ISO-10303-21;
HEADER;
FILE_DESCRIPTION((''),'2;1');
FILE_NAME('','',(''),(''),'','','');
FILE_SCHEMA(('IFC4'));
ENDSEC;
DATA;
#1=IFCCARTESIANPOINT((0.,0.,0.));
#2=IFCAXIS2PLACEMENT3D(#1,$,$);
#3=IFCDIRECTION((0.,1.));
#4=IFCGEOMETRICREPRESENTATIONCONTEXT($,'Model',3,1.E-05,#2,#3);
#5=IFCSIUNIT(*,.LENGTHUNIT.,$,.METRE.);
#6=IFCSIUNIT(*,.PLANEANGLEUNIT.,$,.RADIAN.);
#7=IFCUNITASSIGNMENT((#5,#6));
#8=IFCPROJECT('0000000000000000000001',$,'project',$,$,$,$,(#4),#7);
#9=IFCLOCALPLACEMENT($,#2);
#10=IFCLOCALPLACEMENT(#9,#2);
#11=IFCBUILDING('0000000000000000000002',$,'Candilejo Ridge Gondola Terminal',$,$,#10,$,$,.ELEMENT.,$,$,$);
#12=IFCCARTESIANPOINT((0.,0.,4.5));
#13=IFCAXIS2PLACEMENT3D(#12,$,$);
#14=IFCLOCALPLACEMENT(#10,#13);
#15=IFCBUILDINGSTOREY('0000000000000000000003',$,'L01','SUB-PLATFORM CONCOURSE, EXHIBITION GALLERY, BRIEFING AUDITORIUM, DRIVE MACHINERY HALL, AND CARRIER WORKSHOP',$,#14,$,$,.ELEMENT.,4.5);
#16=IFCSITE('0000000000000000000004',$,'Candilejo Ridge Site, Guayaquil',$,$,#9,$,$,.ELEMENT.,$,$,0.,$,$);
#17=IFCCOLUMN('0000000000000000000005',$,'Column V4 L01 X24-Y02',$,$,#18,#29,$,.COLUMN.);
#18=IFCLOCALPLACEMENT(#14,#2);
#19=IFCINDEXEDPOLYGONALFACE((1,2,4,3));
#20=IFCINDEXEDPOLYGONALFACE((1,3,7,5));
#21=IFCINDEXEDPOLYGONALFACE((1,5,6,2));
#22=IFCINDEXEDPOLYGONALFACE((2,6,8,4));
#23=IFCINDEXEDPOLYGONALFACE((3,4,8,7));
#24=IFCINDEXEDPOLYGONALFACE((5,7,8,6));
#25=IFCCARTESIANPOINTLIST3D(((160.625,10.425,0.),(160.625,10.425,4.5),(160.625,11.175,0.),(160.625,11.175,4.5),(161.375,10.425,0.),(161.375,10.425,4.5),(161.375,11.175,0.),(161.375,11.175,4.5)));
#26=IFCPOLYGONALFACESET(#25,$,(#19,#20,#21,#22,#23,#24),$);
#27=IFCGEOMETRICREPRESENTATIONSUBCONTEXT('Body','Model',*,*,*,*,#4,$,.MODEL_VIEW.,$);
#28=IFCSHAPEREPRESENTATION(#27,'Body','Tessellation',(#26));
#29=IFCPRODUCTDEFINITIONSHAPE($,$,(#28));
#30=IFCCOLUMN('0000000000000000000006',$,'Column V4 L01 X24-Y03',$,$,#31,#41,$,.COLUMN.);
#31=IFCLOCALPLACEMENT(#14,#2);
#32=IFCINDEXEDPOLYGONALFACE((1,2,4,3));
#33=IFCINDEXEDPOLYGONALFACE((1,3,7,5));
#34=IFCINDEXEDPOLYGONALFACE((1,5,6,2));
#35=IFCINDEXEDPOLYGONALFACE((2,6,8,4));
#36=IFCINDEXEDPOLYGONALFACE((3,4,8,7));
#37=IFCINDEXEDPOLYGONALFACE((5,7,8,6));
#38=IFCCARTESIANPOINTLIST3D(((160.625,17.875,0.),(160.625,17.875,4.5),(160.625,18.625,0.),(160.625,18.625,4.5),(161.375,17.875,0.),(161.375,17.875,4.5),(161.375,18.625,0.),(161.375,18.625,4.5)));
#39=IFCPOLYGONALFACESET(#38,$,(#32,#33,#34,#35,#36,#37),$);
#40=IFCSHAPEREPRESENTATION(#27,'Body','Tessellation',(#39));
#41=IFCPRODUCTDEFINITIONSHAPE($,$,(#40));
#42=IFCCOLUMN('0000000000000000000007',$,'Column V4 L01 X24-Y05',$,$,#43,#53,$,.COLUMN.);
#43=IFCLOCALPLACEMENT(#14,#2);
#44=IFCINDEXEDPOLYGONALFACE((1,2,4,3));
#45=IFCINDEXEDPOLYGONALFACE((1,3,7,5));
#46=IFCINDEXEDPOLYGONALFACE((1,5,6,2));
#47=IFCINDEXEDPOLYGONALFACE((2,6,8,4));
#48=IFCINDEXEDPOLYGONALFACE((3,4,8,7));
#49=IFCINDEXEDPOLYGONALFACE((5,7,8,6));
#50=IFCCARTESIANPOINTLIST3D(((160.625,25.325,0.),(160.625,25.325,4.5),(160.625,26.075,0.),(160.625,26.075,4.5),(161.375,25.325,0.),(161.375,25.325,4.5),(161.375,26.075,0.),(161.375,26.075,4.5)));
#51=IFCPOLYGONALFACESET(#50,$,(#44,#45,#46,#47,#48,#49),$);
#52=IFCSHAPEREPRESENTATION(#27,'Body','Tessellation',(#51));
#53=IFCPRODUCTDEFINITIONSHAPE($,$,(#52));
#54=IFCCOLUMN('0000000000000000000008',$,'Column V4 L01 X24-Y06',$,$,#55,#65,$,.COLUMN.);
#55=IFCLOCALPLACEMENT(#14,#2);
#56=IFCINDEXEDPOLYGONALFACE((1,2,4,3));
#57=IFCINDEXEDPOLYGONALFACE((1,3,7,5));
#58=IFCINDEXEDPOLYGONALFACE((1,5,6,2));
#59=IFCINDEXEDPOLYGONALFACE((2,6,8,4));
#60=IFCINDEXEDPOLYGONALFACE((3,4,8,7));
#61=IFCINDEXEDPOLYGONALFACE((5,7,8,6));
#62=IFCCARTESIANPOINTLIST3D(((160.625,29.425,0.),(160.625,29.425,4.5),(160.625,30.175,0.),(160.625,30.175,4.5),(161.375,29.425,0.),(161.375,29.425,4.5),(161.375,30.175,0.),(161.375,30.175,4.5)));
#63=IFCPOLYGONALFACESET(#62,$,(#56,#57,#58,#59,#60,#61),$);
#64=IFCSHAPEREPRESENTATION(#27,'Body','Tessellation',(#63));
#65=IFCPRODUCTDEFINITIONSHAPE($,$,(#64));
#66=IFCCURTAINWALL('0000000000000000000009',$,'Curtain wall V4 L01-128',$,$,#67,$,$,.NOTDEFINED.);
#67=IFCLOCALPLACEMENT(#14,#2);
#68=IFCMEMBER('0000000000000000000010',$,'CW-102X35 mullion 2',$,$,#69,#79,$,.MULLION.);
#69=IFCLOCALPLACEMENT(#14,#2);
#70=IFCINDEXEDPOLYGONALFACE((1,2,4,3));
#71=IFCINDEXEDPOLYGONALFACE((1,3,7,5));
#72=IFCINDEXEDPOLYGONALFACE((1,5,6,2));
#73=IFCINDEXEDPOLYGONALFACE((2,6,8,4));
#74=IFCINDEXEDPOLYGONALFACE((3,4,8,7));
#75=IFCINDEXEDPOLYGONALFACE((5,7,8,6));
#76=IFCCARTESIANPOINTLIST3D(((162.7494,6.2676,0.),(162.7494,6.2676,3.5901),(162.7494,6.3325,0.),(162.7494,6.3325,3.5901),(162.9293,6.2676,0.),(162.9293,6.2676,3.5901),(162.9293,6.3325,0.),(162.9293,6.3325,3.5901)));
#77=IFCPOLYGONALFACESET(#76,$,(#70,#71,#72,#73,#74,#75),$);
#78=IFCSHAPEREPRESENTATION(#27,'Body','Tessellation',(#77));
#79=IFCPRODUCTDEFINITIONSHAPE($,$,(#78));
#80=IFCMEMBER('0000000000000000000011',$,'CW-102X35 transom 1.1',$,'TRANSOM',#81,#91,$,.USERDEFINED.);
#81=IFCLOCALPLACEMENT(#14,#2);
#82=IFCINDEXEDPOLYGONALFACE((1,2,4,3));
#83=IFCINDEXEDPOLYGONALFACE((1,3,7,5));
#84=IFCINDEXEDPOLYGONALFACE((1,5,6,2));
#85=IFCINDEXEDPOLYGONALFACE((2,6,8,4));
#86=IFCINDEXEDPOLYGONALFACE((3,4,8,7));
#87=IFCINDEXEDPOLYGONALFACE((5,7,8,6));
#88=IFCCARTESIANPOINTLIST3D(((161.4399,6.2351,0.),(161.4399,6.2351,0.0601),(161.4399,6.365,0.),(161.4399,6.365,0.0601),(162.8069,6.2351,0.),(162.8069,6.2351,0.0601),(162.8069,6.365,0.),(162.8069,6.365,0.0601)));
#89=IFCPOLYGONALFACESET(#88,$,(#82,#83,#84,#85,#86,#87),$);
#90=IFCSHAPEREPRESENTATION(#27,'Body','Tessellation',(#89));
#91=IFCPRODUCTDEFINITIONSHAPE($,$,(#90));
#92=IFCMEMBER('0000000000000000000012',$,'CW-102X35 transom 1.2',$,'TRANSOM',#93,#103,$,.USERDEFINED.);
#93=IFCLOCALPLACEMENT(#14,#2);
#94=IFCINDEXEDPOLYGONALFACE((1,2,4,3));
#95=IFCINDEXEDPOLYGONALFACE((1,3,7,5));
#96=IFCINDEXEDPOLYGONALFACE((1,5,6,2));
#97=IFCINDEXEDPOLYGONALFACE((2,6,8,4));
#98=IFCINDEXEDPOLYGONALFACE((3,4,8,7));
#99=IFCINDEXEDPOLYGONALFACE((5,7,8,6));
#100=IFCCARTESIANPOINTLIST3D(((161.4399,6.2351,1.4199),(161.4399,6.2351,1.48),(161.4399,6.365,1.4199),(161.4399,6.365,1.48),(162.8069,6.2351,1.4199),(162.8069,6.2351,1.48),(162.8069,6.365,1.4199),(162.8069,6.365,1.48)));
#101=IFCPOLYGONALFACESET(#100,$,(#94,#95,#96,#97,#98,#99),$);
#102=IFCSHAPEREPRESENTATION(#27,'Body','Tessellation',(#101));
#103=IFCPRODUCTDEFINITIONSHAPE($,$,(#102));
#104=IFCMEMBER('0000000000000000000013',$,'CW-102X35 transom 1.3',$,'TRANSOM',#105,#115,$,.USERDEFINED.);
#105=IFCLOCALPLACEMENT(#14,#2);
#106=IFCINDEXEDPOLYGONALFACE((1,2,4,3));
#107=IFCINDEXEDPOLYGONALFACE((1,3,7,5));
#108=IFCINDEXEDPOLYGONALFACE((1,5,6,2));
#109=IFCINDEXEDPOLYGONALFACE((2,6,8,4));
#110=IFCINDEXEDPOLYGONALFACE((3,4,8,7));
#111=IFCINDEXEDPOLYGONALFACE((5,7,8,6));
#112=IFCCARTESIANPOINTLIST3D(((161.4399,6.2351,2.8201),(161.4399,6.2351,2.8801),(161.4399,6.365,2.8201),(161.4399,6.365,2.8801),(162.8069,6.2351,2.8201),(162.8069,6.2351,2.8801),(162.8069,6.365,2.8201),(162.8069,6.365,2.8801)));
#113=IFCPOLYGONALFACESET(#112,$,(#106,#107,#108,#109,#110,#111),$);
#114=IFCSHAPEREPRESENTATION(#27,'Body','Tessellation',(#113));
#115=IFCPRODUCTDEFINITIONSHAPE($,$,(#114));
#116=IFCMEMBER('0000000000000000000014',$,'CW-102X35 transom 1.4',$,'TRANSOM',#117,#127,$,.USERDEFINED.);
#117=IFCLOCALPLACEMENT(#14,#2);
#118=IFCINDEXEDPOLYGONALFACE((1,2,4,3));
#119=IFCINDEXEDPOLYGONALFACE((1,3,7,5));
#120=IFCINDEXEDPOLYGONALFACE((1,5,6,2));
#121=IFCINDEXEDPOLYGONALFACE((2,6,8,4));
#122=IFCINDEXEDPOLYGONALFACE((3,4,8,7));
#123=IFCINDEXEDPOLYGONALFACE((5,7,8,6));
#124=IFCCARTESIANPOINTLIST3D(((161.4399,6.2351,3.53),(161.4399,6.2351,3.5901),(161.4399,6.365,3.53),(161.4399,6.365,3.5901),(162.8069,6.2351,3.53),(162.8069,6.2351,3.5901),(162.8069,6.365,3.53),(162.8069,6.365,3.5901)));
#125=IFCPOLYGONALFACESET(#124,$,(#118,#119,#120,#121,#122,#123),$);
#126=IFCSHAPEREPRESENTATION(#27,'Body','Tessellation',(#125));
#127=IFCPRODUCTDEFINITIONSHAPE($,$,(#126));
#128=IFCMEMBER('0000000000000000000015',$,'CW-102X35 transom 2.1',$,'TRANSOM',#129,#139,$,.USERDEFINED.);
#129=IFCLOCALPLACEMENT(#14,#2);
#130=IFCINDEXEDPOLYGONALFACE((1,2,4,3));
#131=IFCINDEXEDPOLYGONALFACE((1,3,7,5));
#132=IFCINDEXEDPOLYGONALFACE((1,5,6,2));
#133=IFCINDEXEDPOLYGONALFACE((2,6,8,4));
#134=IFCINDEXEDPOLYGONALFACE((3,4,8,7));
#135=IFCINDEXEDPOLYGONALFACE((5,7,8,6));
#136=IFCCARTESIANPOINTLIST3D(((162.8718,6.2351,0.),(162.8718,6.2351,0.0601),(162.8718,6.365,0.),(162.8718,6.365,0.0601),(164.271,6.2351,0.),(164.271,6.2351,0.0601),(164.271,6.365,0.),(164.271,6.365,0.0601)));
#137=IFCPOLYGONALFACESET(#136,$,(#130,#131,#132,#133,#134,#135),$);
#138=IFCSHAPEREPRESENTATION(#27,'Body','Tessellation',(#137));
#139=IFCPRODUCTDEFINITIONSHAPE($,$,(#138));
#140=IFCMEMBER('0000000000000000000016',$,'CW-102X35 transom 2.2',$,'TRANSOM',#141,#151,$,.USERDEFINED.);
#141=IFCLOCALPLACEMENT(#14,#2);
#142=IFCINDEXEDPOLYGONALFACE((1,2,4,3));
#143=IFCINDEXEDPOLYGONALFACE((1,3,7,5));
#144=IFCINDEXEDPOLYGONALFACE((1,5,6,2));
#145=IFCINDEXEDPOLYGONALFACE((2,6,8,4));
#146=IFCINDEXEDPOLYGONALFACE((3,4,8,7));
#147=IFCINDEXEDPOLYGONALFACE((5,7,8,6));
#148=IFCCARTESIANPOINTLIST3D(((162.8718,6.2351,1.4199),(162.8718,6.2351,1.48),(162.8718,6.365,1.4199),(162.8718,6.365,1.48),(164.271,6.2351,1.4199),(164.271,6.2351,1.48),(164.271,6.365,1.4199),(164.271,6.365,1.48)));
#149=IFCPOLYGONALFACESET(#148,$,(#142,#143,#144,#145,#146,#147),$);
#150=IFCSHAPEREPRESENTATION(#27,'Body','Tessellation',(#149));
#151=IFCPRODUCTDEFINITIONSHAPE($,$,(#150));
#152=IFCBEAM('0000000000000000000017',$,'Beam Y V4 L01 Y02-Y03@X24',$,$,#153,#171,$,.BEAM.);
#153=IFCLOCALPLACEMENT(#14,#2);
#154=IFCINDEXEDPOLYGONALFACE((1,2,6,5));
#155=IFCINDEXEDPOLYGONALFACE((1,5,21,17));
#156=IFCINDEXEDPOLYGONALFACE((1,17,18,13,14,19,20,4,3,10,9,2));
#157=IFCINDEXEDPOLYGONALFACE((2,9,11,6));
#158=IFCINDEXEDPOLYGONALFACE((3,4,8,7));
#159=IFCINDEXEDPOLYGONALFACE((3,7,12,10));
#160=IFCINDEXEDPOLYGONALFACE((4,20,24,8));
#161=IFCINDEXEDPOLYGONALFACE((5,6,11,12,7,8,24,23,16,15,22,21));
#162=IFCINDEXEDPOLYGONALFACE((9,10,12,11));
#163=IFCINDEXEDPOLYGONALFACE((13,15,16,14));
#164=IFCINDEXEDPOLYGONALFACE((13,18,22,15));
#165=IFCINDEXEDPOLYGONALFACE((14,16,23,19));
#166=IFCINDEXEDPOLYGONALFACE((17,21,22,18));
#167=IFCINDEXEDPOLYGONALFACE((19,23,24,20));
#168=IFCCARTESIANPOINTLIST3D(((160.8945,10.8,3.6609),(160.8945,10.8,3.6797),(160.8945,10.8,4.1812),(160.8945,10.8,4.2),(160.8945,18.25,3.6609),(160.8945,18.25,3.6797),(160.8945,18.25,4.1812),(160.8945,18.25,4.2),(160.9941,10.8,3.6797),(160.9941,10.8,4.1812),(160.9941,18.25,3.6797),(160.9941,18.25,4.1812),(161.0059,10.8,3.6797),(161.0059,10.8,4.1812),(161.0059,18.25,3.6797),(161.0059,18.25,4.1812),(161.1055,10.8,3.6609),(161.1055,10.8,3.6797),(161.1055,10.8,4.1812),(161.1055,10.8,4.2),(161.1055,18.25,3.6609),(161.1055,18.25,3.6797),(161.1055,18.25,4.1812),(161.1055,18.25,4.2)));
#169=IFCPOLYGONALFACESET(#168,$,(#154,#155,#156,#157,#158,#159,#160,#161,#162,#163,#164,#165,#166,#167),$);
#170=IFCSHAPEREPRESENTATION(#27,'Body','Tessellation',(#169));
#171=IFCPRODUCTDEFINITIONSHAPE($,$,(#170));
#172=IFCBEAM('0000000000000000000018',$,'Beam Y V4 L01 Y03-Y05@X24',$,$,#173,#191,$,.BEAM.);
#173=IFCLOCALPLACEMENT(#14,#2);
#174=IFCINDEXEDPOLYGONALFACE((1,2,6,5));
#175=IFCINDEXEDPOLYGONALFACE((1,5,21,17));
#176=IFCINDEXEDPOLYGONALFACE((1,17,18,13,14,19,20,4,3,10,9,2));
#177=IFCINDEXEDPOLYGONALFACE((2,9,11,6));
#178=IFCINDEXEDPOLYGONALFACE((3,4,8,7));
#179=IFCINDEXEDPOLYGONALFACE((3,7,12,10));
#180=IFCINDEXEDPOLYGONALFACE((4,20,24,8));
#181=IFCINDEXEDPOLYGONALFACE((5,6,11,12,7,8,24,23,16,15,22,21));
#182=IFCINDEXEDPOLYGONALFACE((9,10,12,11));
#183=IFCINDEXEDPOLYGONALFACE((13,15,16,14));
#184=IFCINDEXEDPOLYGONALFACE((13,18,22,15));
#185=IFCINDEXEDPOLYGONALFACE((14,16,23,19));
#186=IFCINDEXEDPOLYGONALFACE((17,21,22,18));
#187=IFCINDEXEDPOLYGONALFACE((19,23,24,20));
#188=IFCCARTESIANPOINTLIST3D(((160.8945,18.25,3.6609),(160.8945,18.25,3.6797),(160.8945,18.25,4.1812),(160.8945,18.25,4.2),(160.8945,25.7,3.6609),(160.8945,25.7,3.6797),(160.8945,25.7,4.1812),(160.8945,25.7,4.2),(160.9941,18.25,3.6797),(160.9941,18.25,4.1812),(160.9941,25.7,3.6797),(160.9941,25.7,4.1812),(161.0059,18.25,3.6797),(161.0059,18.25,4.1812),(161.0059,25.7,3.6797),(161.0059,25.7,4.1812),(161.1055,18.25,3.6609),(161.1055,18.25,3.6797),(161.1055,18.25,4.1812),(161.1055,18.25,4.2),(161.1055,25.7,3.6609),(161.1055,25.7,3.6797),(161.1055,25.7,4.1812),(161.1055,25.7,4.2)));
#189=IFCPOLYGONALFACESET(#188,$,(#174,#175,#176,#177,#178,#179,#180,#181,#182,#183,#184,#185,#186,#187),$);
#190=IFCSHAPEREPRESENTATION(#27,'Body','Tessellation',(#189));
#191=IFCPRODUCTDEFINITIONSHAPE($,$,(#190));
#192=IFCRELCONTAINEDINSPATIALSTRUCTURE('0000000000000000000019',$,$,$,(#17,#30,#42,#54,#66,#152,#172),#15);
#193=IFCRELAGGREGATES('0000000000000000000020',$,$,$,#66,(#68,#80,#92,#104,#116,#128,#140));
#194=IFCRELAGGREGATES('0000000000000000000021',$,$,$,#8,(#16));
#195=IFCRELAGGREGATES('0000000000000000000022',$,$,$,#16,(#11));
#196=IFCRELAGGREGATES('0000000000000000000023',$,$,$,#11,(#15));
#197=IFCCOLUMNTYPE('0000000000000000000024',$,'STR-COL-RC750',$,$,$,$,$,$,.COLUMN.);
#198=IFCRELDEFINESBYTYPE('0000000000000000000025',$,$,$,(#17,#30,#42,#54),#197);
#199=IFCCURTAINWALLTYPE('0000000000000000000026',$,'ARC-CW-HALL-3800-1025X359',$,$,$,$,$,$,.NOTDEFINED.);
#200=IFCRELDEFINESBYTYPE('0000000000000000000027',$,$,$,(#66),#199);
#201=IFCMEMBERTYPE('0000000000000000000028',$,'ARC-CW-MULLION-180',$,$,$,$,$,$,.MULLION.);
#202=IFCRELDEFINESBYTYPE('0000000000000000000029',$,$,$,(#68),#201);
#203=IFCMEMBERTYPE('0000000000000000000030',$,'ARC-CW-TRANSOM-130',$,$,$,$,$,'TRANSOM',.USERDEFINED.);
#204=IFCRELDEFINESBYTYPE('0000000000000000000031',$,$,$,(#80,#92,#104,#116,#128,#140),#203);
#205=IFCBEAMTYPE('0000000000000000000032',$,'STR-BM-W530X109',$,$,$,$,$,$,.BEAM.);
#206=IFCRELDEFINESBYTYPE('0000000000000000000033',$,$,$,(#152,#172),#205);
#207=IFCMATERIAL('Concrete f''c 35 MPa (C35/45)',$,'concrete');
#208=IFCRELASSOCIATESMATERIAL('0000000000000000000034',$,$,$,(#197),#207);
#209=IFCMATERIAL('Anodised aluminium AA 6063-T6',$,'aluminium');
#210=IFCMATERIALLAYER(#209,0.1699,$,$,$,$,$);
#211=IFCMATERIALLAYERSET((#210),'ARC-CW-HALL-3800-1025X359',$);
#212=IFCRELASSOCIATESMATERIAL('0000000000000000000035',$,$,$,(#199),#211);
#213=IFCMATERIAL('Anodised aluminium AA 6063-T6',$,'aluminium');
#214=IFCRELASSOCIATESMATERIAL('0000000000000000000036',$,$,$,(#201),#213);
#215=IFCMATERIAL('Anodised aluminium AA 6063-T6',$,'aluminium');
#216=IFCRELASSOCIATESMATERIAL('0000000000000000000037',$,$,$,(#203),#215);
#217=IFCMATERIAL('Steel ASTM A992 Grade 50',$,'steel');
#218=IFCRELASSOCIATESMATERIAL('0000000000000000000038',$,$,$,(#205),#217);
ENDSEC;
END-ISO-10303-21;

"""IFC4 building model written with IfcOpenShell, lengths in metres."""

from ifc_helpers import new_model, si_unit, direction, frame, origin, origin_2d, place, context, subcontext, project, spatial, rectangle, i_section, extrude, material, layer, layer_set, material_profile, profile_set, type_object, element, aggregate, save


model = new_model("IFC4")

# Units and contexts
model_context = context("Model", 3, precision=1e-05, world=origin(), true_north=direction((0.0, 1.0)))
body_context = subcontext(model_context, "Body", "Model", "MODEL_VIEW")
ifc_project = project(units=[si_unit("LENGTHUNIT", "METRE"), si_unit("PLANEANGLEUNIT", "RADIAN")], contexts=[model_context])

# Site, building, storey
site_placement = place(None, origin())
site = spatial("IfcSite", under=ifc_project, at=site_placement, Name="Candilejo Ridge Site, Guayaquil", CompositionType="ELEMENT", RefElevation=0.0)
building_placement = place(site_placement, origin())
building = spatial("IfcBuilding", under=site, at=building_placement, Name="Candilejo Ridge Gondola Terminal", CompositionType="ELEMENT")
storey_placement = place(building_placement, frame((0.0, 0.0, 4.5)))
storey = spatial("IfcBuildingStorey", under=building, at=storey_placement, Name="L01", Description="SUB-PLATFORM CONCOURSE, EXHIBITION GALLERY, BRIEFING AUDITORIUM, DRIVE MACHINERY HALL, AND CARRIER WORKSHOP", CompositionType="ELEMENT", Elevation=4.5)

# Columns
ifc_material_1 = material(Name="Concrete f'c 35 MPa (C35/45)", Category="concrete")
ifc_material_profile_1 = material_profile(ifc_material_1, rectangle(XDim=0.75, YDim=0.75, at=origin_2d()))
ifc_profile_set_1 = profile_set([ifc_material_profile_1], Name="Concrete f'c 35 MPa (C35/45)")
column_type = type_object("IfcColumnType", Name="STR-COL-RC750", PredefinedType="COLUMN", material=ifc_profile_set_1)
for number, where, z_axis, x_axis, name in (
    (1, (161.0, 10.8, 0.0), (0.0, 0.0, 1.0), (1.0, 0.0, 0.0), "Column V4 L01 X24-Y02"),
    (2, (161.0, 18.25, 0.0), (0.0, 0.0, 1.0), (1.0, 0.0, 0.0), "Column V4 L01 X24-Y03"),
    (3, (161.0, 25.7, 0.0), (0.0, 0.0, 1.0), (1.0, 0.0, 0.0), "Column V4 L01 X24-Y05"),
    (4, (161.0, 29.8, 0.0), (0.0, 0.0, 1.0), (1.0, 0.0, 0.0), "Column V4 L01 X24-Y06"),
):
    element("IfcColumn", number, at=place(storey_placement, frame(where, z_axis=z_axis, x_axis=x_axis)), inside=storey, type_object=column_type, Name=name, PredefinedType="COLUMN", context=body_context, shape_type="SweptSolid", body=[
        extrude(rectangle(XDim=0.75, YDim=0.75, at=origin_2d()), origin(), (0.0, 0.0, 1.0), 4.5),
    ])

# Curtain wall, members
ifc_material_2 = material(Name="Anodised aluminium AA 6063-T6", Category="aluminium")
ifc_layer_1 = layer(ifc_material_2, 0.1699)
ifc_layer_set_1 = layer_set([ifc_layer_1], Name="ARC-CW-HALL-3800-1025X359")
curtain_wall_type = type_object("IfcCurtainWallType", Name="ARC-CW-HALL-3800-1025X359", PredefinedType="NOTDEFINED", material=ifc_layer_set_1)
curtain_wall_placement = place(storey_placement, origin())
curtain_wall = element("IfcCurtainWall", 5, at=curtain_wall_placement, inside=storey, type_object=curtain_wall_type, Name="Curtain wall V4 L01-128", PredefinedType="NOTDEFINED")
ifc_material_3 = material(Name="Anodised aluminium AA 6063-T6", Category="aluminium")
ifc_material_profile_2 = material_profile(ifc_material_3, rectangle(XDim=0.0649, YDim=0.1799, at=origin_2d()))
ifc_profile_set_2 = profile_set([ifc_material_profile_2], Name="Anodised aluminium AA 6063-T6")
member_type_1 = type_object("IfcMemberType", Name="ARC-CW-MULLION-180", PredefinedType="MULLION", material=ifc_profile_set_2)
member_1_placement = place(storey_placement, frame((162.8394, 6.3, 0.0), z_axis=(0.0, 0.0, 1.0), x_axis=(0.0, 1.0, 0.0)))
member_1 = element("IfcMember", 6, at=member_1_placement, type_object=member_type_1, Name="CW-102X35 mullion 2", PredefinedType="MULLION", context=body_context, shape_type="SweptSolid", body=[
    extrude(rectangle(XDim=0.0649, YDim=0.1799, at=origin_2d()), origin(), (0.0, 0.0, 1.0), 3.5901),
])
ifc_material_4 = material(Name="Anodised aluminium AA 6063-T6", Category="aluminium")
ifc_material_profile_3 = material_profile(ifc_material_4, rectangle(XDim=0.1299, YDim=0.0601, at=origin_2d()))
ifc_profile_set_3 = profile_set([ifc_material_profile_3], Name="Anodised aluminium AA 6063-T6")
member_type_2 = type_object("IfcMemberType", Name="ARC-CW-TRANSOM-130", ElementType="TRANSOM", PredefinedType="USERDEFINED", material=ifc_profile_set_3)
member_2_placement = place(storey_placement, frame((161.4399, 6.3, 0.03), z_axis=(1.0, 0.0, 0.0), x_axis=(0.0, 1.0, 0.0)))
member_2 = element("IfcMember", 7, at=member_2_placement, type_object=member_type_2, Name="CW-102X35 transom 1.1", ObjectType="TRANSOM", PredefinedType="USERDEFINED", context=body_context, shape_type="SweptSolid", body=[
    extrude(rectangle(XDim=0.1299, YDim=0.0601, at=origin_2d()), origin(), (0.0, 0.0, 1.0), 1.3669),
])
member_3_placement = place(storey_placement, frame((161.4399, 6.3, 1.45), z_axis=(1.0, 0.0, 0.0), x_axis=(0.0, 1.0, 0.0)))
member_3 = element("IfcMember", 8, at=member_3_placement, type_object=member_type_2, Name="CW-102X35 transom 1.2", ObjectType="TRANSOM", PredefinedType="USERDEFINED", context=body_context, shape_type="SweptSolid", body=[
    extrude(rectangle(XDim=0.1299, YDim=0.0601, at=origin_2d()), origin(), (0.0, 0.0, 1.0), 1.3669),
])
member_4_placement = place(storey_placement, frame((161.4399, 6.3, 2.8501), z_axis=(1.0, 0.0, 0.0), x_axis=(0.0, 1.0, 0.0)))
member_4 = element("IfcMember", 9, at=member_4_placement, type_object=member_type_2, Name="CW-102X35 transom 1.3", ObjectType="TRANSOM", PredefinedType="USERDEFINED", context=body_context, shape_type="SweptSolid", body=[
    extrude(rectangle(XDim=0.1299, YDim=0.0601, at=origin_2d()), origin(), (0.0, 0.0, 1.0), 1.3669),
])
member_5_placement = place(storey_placement, frame((161.4399, 6.3, 3.5601), z_axis=(1.0, 0.0, 0.0), x_axis=(0.0, 1.0, 0.0)))
member_5 = element("IfcMember", 10, at=member_5_placement, type_object=member_type_2, Name="CW-102X35 transom 1.4", ObjectType="TRANSOM", PredefinedType="USERDEFINED", context=body_context, shape_type="SweptSolid", body=[
    extrude(rectangle(XDim=0.1299, YDim=0.0601, at=origin_2d()), origin(), (0.0, 0.0, 1.0), 1.3669),
])
member_6_placement = place(storey_placement, frame((162.8718, 6.3, 0.03), z_axis=(1.0, 0.0, 0.0), x_axis=(0.0, 1.0, 0.0)))
member_6 = element("IfcMember", 11, at=member_6_placement, type_object=member_type_2, Name="CW-102X35 transom 2.1", ObjectType="TRANSOM", PredefinedType="USERDEFINED", context=body_context, shape_type="SweptSolid", body=[
    extrude(rectangle(XDim=0.1299, YDim=0.0601, at=origin_2d()), origin(), (0.0, 0.0, 1.0), 1.3992),
])
member_7_placement = place(storey_placement, frame((162.8718, 6.3, 1.45), z_axis=(1.0, 0.0, 0.0), x_axis=(0.0, 1.0, 0.0)))
member_7 = element("IfcMember", 12, at=member_7_placement, type_object=member_type_2, Name="CW-102X35 transom 2.2", ObjectType="TRANSOM", PredefinedType="USERDEFINED", context=body_context, shape_type="SweptSolid", body=[
    extrude(rectangle(XDim=0.1299, YDim=0.0601, at=origin_2d()), origin(), (0.0, 0.0, 1.0), 1.3992),
])

# Beams
ifc_material_5 = material(Name="Steel ASTM A992 Grade 50", Category="steel")
ifc_material_profile_4 = material_profile(ifc_material_5, i_section(OverallWidth=0.2109, OverallDepth=0.5391, WebThickness=0.0117, FlangeThickness=0.0188, at=origin_2d()))
ifc_profile_set_4 = profile_set([ifc_material_profile_4], Name="Steel ASTM A992 Grade 50")
beam_type_1 = type_object("IfcBeamType", Name="STR-BM-W530X109", PredefinedType="BEAM", material=ifc_profile_set_4)
for number, where, z_axis, x_axis, name in (
    (13, (161.0, 10.8, 3.9304), (0.0, 1.0, 0.0), (-1.0, 0.0, 0.0), "Beam Y V4 L01 Y02-Y03@X24"),
    (14, (161.0, 18.25, 3.9304), (0.0, 1.0, 0.0), (-1.0, 0.0, 0.0), "Beam Y V4 L01 Y03-Y05@X24"),
):
    element("IfcBeam", number, at=place(storey_placement, frame(where, z_axis=z_axis, x_axis=x_axis)), inside=storey, type_object=beam_type_1, Name=name, PredefinedType="BEAM", context=body_context, shape_type="SweptSolid", body=[
        extrude(i_section(OverallWidth=0.2109, OverallDepth=0.5391, WebThickness=0.0117, FlangeThickness=0.0188, at=origin_2d()), origin(), (0.0, 0.0, 1.0), 7.45),
    ])

aggregate(curtain_wall, [member_1, member_2, member_3, member_4, member_5, member_6, member_7])

save(model, "model.ifc")
